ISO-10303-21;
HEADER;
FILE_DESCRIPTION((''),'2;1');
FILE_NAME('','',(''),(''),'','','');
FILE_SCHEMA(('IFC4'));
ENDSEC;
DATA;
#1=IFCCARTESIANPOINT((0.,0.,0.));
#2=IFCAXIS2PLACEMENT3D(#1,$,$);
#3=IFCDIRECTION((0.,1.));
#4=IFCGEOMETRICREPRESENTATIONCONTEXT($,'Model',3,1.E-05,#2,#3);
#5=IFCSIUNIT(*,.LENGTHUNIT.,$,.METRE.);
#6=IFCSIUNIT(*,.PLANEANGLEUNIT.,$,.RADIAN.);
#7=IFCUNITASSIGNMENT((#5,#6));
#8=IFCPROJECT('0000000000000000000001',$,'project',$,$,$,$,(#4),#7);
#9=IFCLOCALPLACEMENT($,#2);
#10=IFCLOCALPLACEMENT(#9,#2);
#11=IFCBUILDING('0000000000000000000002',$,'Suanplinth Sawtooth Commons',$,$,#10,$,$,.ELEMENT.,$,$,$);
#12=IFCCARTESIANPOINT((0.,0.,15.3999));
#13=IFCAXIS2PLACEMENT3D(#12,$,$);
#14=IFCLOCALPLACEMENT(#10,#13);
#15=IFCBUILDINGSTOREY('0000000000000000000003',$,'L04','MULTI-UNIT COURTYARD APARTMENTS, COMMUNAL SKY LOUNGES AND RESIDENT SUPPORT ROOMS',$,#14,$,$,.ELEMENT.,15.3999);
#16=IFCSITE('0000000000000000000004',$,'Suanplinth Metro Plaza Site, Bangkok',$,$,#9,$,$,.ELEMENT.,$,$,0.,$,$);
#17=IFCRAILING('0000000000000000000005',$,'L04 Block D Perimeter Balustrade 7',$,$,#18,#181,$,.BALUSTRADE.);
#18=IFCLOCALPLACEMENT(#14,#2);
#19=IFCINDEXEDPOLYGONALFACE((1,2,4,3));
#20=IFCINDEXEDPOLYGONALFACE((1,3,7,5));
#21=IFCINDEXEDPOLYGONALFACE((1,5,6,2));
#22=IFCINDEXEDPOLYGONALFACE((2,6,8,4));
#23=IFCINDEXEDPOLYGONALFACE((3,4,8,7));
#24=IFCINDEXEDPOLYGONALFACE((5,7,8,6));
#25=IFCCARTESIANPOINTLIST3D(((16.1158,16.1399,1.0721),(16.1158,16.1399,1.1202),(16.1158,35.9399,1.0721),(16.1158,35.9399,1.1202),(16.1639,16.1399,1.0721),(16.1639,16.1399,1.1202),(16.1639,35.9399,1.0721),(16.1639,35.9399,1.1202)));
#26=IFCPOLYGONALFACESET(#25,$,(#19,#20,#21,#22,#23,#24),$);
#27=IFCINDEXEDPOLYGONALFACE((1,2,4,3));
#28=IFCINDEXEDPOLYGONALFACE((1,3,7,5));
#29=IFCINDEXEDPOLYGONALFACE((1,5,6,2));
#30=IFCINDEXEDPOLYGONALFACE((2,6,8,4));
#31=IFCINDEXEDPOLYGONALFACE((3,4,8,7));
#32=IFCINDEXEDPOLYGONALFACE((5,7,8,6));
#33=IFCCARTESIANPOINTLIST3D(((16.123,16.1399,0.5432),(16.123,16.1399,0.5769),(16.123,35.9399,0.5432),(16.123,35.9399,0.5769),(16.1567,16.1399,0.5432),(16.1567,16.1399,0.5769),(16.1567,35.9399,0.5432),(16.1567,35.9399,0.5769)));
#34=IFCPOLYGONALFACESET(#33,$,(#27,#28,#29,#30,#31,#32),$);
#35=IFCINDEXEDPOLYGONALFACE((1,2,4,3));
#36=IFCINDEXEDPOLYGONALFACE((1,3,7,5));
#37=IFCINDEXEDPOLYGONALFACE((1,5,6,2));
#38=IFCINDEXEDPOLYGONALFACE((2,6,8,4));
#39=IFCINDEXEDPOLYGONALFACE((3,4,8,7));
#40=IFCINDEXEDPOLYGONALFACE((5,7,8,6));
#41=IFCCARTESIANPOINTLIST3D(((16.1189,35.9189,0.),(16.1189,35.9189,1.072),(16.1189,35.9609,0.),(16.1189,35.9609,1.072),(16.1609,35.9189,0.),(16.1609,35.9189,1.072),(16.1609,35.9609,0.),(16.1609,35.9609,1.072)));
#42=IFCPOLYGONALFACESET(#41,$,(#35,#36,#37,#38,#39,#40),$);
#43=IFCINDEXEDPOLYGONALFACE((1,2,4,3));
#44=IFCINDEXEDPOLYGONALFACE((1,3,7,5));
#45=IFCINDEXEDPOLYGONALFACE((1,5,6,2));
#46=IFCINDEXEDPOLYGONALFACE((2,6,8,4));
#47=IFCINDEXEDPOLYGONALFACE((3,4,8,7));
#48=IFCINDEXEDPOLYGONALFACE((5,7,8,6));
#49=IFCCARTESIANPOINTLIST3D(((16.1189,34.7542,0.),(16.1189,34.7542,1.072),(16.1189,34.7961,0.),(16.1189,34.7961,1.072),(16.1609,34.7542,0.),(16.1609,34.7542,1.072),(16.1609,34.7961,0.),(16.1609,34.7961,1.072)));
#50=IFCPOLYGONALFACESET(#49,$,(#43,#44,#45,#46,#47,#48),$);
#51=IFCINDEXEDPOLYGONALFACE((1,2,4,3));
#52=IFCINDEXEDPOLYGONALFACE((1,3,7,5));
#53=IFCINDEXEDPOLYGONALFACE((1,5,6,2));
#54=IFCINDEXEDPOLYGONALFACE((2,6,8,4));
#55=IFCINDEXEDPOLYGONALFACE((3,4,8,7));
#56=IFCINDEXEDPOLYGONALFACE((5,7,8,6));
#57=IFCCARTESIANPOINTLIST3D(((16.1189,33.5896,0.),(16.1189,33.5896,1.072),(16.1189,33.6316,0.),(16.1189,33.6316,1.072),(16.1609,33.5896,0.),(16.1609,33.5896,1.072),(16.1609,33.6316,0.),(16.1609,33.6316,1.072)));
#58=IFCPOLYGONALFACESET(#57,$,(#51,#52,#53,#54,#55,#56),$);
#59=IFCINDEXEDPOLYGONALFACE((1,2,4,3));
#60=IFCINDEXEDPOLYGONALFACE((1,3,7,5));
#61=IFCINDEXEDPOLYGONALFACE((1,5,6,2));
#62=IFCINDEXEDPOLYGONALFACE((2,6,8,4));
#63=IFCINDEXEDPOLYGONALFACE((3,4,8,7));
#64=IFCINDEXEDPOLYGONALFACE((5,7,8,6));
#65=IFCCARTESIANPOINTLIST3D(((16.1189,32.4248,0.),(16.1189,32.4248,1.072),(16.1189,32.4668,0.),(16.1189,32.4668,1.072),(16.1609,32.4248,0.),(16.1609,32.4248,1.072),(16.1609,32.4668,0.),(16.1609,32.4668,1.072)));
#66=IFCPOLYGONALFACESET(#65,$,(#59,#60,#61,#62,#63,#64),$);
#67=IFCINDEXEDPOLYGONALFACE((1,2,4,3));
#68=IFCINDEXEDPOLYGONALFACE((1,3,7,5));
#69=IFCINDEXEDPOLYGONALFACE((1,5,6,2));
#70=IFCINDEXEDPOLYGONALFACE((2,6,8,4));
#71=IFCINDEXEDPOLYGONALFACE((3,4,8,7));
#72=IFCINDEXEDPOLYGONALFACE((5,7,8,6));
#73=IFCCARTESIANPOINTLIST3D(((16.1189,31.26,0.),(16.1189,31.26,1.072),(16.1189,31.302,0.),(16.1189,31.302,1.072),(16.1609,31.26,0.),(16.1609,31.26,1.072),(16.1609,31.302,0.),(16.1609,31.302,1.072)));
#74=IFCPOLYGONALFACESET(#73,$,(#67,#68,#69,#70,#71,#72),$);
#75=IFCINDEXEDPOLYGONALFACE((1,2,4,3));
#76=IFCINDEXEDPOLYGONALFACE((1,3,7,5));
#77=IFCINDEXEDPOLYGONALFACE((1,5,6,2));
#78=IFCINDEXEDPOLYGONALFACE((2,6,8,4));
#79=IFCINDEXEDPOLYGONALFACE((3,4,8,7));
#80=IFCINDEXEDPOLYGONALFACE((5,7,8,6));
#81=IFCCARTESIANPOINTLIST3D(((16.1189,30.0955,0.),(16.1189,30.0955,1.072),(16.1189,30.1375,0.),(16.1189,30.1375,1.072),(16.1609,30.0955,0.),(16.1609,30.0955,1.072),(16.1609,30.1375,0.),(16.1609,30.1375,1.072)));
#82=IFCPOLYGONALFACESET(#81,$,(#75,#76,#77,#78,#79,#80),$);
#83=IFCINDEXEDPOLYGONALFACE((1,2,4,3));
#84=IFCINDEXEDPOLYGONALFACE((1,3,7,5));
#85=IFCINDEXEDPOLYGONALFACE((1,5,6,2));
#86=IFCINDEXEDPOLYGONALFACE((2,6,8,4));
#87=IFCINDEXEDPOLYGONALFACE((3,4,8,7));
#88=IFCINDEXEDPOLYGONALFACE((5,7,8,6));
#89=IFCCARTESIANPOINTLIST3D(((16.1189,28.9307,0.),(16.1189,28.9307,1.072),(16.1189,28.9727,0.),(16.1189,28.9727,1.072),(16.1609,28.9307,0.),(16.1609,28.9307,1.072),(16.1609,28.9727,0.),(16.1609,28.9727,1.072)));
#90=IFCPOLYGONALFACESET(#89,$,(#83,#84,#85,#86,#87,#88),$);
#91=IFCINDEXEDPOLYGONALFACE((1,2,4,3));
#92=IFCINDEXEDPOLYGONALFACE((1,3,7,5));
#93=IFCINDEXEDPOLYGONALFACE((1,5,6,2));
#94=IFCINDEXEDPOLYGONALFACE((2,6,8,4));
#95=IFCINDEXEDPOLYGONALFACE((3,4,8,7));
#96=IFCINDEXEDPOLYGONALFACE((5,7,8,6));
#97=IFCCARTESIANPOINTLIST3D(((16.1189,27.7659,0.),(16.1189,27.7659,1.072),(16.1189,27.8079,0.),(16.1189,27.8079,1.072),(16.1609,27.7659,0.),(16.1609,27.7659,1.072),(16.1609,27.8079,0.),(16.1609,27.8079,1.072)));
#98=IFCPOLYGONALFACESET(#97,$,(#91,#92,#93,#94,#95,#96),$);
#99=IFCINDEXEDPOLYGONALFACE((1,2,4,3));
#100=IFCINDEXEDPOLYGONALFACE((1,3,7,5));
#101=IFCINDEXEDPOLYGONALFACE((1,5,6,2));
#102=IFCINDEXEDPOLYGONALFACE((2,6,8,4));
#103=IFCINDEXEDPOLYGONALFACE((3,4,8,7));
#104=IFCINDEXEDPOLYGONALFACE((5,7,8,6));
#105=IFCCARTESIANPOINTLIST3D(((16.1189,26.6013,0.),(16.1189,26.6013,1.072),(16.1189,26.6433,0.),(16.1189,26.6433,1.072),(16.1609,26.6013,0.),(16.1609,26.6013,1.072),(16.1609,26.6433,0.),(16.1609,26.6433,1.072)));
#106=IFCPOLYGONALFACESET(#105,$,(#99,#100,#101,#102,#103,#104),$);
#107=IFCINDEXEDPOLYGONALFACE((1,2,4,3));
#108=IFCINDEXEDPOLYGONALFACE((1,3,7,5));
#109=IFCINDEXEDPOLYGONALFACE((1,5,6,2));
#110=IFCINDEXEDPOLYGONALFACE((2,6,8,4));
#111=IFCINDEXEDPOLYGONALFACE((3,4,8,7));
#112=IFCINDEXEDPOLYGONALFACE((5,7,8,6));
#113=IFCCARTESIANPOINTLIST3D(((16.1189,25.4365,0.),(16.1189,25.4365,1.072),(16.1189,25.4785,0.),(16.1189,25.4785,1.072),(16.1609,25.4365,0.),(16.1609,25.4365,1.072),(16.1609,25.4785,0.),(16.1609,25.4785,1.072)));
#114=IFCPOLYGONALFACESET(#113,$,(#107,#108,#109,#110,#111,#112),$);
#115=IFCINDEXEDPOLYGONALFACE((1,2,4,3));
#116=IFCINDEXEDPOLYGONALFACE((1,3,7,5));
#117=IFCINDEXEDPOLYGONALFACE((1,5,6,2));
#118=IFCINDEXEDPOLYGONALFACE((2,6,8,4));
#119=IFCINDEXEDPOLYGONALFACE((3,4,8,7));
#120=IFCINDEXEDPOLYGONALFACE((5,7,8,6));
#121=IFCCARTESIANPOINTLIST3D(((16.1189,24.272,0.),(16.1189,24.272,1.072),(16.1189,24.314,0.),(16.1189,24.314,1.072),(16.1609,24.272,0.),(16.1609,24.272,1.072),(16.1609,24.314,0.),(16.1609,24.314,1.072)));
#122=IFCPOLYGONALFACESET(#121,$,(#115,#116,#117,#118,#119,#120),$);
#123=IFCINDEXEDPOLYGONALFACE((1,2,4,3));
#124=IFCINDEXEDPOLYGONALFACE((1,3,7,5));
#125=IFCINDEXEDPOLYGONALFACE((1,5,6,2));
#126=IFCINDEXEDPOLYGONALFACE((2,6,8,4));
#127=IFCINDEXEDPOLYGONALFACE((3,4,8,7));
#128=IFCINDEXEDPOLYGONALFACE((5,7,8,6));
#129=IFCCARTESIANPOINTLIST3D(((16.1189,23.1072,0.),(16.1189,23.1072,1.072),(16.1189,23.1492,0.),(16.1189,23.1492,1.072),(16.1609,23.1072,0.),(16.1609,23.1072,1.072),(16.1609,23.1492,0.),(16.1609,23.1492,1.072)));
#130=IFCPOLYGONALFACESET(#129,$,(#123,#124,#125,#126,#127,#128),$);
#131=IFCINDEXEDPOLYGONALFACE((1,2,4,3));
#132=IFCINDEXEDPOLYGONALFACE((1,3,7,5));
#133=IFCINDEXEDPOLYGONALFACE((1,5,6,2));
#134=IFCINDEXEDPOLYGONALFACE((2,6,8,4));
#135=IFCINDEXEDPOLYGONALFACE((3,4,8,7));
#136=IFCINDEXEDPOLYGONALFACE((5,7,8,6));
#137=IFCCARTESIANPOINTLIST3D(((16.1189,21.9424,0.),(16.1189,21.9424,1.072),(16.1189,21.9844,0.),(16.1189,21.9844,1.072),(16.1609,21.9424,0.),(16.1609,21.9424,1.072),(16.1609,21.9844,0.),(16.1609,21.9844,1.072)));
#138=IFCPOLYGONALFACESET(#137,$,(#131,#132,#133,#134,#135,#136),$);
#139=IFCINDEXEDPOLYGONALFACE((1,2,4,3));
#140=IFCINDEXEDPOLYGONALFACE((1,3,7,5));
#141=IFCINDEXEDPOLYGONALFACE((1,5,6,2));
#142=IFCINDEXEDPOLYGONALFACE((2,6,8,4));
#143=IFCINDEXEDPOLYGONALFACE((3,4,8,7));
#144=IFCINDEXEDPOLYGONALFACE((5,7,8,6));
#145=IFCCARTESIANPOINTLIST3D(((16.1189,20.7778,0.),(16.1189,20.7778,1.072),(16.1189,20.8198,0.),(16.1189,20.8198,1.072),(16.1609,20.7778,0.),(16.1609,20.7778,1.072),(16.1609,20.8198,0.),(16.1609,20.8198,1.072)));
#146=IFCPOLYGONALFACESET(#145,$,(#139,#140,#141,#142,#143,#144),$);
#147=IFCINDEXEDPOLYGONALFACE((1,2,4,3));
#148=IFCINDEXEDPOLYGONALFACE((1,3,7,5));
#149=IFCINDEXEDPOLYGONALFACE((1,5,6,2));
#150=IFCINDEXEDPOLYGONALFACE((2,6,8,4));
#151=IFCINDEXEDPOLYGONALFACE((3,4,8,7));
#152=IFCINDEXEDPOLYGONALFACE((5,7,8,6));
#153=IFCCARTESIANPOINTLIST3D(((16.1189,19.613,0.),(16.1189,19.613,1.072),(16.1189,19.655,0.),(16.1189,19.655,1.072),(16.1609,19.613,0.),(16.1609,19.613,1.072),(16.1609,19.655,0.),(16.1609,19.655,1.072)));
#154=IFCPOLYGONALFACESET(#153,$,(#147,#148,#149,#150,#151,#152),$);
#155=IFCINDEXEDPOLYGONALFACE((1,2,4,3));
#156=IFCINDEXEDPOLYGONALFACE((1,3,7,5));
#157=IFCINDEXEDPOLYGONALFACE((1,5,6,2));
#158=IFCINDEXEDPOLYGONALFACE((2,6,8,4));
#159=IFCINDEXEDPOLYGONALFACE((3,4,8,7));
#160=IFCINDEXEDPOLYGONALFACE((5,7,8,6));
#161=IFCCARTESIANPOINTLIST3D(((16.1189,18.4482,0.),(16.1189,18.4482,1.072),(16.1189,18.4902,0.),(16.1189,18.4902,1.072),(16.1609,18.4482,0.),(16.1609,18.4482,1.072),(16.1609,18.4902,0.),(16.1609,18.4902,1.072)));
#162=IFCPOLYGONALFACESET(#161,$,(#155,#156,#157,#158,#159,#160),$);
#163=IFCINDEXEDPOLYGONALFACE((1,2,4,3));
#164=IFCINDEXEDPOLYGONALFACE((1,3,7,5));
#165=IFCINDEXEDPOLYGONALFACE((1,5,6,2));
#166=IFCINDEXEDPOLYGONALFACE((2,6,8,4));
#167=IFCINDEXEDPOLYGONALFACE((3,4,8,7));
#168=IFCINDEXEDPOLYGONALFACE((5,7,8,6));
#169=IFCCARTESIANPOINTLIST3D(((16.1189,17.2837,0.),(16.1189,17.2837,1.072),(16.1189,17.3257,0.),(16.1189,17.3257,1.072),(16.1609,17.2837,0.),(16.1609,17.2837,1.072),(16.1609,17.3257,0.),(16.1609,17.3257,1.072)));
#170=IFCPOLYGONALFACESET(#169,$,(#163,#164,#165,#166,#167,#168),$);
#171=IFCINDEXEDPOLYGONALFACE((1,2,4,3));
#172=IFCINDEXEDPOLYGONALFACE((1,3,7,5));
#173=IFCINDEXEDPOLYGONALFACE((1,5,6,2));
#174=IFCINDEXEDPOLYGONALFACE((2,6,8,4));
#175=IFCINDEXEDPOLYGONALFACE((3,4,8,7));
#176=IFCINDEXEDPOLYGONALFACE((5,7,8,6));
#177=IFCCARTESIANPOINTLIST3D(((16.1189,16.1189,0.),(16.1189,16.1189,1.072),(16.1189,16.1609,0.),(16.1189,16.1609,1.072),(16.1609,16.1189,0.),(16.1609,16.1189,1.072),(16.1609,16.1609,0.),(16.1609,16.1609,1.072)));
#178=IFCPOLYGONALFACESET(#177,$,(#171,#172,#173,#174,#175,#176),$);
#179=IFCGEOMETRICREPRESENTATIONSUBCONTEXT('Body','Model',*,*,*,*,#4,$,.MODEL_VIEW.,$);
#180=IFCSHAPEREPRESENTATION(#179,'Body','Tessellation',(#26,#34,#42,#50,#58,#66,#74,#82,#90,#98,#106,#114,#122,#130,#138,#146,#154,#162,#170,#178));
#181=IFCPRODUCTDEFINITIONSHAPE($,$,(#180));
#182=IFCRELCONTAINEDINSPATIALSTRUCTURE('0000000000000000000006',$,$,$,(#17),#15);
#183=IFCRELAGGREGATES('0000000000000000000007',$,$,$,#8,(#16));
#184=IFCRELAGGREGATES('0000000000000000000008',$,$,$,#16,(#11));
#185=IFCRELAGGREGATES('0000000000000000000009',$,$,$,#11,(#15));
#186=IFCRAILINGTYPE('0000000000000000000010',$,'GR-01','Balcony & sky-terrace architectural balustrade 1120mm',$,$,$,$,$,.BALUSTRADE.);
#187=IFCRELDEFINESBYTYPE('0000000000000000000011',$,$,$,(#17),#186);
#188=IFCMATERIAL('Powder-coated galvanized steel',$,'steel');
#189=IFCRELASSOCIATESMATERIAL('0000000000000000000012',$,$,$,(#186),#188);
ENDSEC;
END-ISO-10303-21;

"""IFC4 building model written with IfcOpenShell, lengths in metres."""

from ifc_helpers import new_model, si_unit, direction, frame, origin, origin_2d, place, context, subcontext, project, spatial, rectangle, extrude, material, type_object, element, save


model = new_model("IFC4")

# Units and contexts
model_context = context("Model", 3, precision=1e-05, world=origin(), true_north=direction((0.0, 1.0)))
body_context = subcontext(model_context, "Body", "Model", "MODEL_VIEW")
ifc_project = project(units=[si_unit("LENGTHUNIT", "METRE"), si_unit("PLANEANGLEUNIT", "RADIAN")], contexts=[model_context])

# Site, building, storey
site_placement = place(None, origin())
site = spatial("IfcSite", under=ifc_project, at=site_placement, Name="Suanplinth Metro Plaza Site, Bangkok", CompositionType="ELEMENT", RefElevation=0.0)
building_placement = place(site_placement, origin())
building = spatial("IfcBuilding", under=site, at=building_placement, Name="Suanplinth Sawtooth Commons", CompositionType="ELEMENT")
storey_placement = place(building_placement, frame((0.0, 0.0, 15.3999)))
storey = spatial("IfcBuildingStorey", under=building, at=storey_placement, Name="L04", Description="MULTI-UNIT COURTYARD APARTMENTS, COMMUNAL SKY LOUNGES AND RESIDENT SUPPORT ROOMS", CompositionType="ELEMENT", Elevation=15.3999)

# Railing
ifc_material_1 = material(Name="Powder-coated galvanized steel", Category="steel")
railing_type = type_object("IfcRailingType", Name="GR-01", Description="Balcony & sky-terrace architectural balustrade 1120mm", PredefinedType="BALUSTRADE", material=ifc_material_1)
railing_1_placement = place(storey_placement, frame((16.1399, 35.9399, 0.0)))
element("IfcRailing", 1, at=railing_1_placement, inside=storey, type_object=railing_type, Name="L04 Block D Perimeter Balustrade 7", PredefinedType="BALUSTRADE", context=body_context, shape_type="SweptSolid", body=[
    extrude(rectangle(XDim=0.0481, YDim=0.0481, at=origin_2d()), frame((0.0, 0.0, 1.0962), z_axis=(0.0, -1.0, 0.0), x_axis=(1.0, 0.0, 0.0)), (0.0, 0.0, 1.0), 19.8),
    extrude(rectangle(XDim=0.0337, YDim=0.0337, at=origin_2d()), frame((0.0, 0.0, 0.5601), z_axis=(0.0, -1.0, 0.0), x_axis=(1.0, 0.0, 0.0)), (0.0, 0.0, 1.0), 19.8),
    extrude(rectangle(XDim=0.042, YDim=0.042, at=origin_2d()), origin(), (0.0, 0.0, 1.0), 1.072),
    extrude(rectangle(XDim=0.042, YDim=0.042, at=origin_2d()), frame((0.0, -1.1648, 0.0)), (0.0, 0.0, 1.0), 1.072),
    extrude(rectangle(XDim=0.042, YDim=0.042, at=origin_2d()), frame((0.0, -2.3293, 0.0)), (0.0, 0.0, 1.0), 1.072),
    extrude(rectangle(XDim=0.042, YDim=0.042, at=origin_2d()), frame((0.0, -3.4941, 0.0)), (0.0, 0.0, 1.0), 1.072),
    extrude(rectangle(XDim=0.042, YDim=0.042, at=origin_2d()), frame((0.0, -4.6589, 0.0)), (0.0, 0.0, 1.0), 1.072),
    extrude(rectangle(XDim=0.042, YDim=0.042, at=origin_2d()), frame((0.0, -5.8235, 0.0)), (0.0, 0.0, 1.0), 1.072),
    extrude(rectangle(XDim=0.042, YDim=0.042, at=origin_2d()), frame((0.0, -6.9883, 0.0)), (0.0, 0.0, 1.0), 1.072),
    extrude(rectangle(XDim=0.042, YDim=0.042, at=origin_2d()), frame((0.0, -8.1531, 0.0)), (0.0, 0.0, 1.0), 1.072),
    extrude(rectangle(XDim=0.042, YDim=0.042, at=origin_2d()), frame((0.0, -9.3176, 0.0)), (0.0, 0.0, 1.0), 1.072),
    extrude(rectangle(XDim=0.042, YDim=0.042, at=origin_2d()), frame((0.0, -10.4824, 0.0)), (0.0, 0.0, 1.0), 1.072),
    extrude(rectangle(XDim=0.042, YDim=0.042, at=origin_2d()), frame((0.0, -11.647, 0.0)), (0.0, 0.0, 1.0), 1.072),
    extrude(rectangle(XDim=0.042, YDim=0.042, at=origin_2d()), frame((0.0, -12.8118, 0.0)), (0.0, 0.0, 1.0), 1.072),
    extrude(rectangle(XDim=0.042, YDim=0.042, at=origin_2d()), frame((0.0, -13.9766, 0.0)), (0.0, 0.0, 1.0), 1.072),
    extrude(rectangle(XDim=0.042, YDim=0.042, at=origin_2d()), frame((0.0, -15.1411, 0.0)), (0.0, 0.0, 1.0), 1.072),
    extrude(rectangle(XDim=0.042, YDim=0.042, at=origin_2d()), frame((0.0, -16.3059, 0.0)), (0.0, 0.0, 1.0), 1.072),
    extrude(rectangle(XDim=0.042, YDim=0.042, at=origin_2d()), frame((0.0, -17.4707, 0.0)), (0.0, 0.0, 1.0), 1.072),
    extrude(rectangle(XDim=0.042, YDim=0.042, at=origin_2d()), frame((0.0, -18.6353, 0.0)), (0.0, 0.0, 1.0), 1.072),
    extrude(rectangle(XDim=0.042, YDim=0.042, at=origin_2d()), frame((0.0, -19.8, 0.0)), (0.0, 0.0, 1.0), 1.072),
])

save(model, "model.ifc")
